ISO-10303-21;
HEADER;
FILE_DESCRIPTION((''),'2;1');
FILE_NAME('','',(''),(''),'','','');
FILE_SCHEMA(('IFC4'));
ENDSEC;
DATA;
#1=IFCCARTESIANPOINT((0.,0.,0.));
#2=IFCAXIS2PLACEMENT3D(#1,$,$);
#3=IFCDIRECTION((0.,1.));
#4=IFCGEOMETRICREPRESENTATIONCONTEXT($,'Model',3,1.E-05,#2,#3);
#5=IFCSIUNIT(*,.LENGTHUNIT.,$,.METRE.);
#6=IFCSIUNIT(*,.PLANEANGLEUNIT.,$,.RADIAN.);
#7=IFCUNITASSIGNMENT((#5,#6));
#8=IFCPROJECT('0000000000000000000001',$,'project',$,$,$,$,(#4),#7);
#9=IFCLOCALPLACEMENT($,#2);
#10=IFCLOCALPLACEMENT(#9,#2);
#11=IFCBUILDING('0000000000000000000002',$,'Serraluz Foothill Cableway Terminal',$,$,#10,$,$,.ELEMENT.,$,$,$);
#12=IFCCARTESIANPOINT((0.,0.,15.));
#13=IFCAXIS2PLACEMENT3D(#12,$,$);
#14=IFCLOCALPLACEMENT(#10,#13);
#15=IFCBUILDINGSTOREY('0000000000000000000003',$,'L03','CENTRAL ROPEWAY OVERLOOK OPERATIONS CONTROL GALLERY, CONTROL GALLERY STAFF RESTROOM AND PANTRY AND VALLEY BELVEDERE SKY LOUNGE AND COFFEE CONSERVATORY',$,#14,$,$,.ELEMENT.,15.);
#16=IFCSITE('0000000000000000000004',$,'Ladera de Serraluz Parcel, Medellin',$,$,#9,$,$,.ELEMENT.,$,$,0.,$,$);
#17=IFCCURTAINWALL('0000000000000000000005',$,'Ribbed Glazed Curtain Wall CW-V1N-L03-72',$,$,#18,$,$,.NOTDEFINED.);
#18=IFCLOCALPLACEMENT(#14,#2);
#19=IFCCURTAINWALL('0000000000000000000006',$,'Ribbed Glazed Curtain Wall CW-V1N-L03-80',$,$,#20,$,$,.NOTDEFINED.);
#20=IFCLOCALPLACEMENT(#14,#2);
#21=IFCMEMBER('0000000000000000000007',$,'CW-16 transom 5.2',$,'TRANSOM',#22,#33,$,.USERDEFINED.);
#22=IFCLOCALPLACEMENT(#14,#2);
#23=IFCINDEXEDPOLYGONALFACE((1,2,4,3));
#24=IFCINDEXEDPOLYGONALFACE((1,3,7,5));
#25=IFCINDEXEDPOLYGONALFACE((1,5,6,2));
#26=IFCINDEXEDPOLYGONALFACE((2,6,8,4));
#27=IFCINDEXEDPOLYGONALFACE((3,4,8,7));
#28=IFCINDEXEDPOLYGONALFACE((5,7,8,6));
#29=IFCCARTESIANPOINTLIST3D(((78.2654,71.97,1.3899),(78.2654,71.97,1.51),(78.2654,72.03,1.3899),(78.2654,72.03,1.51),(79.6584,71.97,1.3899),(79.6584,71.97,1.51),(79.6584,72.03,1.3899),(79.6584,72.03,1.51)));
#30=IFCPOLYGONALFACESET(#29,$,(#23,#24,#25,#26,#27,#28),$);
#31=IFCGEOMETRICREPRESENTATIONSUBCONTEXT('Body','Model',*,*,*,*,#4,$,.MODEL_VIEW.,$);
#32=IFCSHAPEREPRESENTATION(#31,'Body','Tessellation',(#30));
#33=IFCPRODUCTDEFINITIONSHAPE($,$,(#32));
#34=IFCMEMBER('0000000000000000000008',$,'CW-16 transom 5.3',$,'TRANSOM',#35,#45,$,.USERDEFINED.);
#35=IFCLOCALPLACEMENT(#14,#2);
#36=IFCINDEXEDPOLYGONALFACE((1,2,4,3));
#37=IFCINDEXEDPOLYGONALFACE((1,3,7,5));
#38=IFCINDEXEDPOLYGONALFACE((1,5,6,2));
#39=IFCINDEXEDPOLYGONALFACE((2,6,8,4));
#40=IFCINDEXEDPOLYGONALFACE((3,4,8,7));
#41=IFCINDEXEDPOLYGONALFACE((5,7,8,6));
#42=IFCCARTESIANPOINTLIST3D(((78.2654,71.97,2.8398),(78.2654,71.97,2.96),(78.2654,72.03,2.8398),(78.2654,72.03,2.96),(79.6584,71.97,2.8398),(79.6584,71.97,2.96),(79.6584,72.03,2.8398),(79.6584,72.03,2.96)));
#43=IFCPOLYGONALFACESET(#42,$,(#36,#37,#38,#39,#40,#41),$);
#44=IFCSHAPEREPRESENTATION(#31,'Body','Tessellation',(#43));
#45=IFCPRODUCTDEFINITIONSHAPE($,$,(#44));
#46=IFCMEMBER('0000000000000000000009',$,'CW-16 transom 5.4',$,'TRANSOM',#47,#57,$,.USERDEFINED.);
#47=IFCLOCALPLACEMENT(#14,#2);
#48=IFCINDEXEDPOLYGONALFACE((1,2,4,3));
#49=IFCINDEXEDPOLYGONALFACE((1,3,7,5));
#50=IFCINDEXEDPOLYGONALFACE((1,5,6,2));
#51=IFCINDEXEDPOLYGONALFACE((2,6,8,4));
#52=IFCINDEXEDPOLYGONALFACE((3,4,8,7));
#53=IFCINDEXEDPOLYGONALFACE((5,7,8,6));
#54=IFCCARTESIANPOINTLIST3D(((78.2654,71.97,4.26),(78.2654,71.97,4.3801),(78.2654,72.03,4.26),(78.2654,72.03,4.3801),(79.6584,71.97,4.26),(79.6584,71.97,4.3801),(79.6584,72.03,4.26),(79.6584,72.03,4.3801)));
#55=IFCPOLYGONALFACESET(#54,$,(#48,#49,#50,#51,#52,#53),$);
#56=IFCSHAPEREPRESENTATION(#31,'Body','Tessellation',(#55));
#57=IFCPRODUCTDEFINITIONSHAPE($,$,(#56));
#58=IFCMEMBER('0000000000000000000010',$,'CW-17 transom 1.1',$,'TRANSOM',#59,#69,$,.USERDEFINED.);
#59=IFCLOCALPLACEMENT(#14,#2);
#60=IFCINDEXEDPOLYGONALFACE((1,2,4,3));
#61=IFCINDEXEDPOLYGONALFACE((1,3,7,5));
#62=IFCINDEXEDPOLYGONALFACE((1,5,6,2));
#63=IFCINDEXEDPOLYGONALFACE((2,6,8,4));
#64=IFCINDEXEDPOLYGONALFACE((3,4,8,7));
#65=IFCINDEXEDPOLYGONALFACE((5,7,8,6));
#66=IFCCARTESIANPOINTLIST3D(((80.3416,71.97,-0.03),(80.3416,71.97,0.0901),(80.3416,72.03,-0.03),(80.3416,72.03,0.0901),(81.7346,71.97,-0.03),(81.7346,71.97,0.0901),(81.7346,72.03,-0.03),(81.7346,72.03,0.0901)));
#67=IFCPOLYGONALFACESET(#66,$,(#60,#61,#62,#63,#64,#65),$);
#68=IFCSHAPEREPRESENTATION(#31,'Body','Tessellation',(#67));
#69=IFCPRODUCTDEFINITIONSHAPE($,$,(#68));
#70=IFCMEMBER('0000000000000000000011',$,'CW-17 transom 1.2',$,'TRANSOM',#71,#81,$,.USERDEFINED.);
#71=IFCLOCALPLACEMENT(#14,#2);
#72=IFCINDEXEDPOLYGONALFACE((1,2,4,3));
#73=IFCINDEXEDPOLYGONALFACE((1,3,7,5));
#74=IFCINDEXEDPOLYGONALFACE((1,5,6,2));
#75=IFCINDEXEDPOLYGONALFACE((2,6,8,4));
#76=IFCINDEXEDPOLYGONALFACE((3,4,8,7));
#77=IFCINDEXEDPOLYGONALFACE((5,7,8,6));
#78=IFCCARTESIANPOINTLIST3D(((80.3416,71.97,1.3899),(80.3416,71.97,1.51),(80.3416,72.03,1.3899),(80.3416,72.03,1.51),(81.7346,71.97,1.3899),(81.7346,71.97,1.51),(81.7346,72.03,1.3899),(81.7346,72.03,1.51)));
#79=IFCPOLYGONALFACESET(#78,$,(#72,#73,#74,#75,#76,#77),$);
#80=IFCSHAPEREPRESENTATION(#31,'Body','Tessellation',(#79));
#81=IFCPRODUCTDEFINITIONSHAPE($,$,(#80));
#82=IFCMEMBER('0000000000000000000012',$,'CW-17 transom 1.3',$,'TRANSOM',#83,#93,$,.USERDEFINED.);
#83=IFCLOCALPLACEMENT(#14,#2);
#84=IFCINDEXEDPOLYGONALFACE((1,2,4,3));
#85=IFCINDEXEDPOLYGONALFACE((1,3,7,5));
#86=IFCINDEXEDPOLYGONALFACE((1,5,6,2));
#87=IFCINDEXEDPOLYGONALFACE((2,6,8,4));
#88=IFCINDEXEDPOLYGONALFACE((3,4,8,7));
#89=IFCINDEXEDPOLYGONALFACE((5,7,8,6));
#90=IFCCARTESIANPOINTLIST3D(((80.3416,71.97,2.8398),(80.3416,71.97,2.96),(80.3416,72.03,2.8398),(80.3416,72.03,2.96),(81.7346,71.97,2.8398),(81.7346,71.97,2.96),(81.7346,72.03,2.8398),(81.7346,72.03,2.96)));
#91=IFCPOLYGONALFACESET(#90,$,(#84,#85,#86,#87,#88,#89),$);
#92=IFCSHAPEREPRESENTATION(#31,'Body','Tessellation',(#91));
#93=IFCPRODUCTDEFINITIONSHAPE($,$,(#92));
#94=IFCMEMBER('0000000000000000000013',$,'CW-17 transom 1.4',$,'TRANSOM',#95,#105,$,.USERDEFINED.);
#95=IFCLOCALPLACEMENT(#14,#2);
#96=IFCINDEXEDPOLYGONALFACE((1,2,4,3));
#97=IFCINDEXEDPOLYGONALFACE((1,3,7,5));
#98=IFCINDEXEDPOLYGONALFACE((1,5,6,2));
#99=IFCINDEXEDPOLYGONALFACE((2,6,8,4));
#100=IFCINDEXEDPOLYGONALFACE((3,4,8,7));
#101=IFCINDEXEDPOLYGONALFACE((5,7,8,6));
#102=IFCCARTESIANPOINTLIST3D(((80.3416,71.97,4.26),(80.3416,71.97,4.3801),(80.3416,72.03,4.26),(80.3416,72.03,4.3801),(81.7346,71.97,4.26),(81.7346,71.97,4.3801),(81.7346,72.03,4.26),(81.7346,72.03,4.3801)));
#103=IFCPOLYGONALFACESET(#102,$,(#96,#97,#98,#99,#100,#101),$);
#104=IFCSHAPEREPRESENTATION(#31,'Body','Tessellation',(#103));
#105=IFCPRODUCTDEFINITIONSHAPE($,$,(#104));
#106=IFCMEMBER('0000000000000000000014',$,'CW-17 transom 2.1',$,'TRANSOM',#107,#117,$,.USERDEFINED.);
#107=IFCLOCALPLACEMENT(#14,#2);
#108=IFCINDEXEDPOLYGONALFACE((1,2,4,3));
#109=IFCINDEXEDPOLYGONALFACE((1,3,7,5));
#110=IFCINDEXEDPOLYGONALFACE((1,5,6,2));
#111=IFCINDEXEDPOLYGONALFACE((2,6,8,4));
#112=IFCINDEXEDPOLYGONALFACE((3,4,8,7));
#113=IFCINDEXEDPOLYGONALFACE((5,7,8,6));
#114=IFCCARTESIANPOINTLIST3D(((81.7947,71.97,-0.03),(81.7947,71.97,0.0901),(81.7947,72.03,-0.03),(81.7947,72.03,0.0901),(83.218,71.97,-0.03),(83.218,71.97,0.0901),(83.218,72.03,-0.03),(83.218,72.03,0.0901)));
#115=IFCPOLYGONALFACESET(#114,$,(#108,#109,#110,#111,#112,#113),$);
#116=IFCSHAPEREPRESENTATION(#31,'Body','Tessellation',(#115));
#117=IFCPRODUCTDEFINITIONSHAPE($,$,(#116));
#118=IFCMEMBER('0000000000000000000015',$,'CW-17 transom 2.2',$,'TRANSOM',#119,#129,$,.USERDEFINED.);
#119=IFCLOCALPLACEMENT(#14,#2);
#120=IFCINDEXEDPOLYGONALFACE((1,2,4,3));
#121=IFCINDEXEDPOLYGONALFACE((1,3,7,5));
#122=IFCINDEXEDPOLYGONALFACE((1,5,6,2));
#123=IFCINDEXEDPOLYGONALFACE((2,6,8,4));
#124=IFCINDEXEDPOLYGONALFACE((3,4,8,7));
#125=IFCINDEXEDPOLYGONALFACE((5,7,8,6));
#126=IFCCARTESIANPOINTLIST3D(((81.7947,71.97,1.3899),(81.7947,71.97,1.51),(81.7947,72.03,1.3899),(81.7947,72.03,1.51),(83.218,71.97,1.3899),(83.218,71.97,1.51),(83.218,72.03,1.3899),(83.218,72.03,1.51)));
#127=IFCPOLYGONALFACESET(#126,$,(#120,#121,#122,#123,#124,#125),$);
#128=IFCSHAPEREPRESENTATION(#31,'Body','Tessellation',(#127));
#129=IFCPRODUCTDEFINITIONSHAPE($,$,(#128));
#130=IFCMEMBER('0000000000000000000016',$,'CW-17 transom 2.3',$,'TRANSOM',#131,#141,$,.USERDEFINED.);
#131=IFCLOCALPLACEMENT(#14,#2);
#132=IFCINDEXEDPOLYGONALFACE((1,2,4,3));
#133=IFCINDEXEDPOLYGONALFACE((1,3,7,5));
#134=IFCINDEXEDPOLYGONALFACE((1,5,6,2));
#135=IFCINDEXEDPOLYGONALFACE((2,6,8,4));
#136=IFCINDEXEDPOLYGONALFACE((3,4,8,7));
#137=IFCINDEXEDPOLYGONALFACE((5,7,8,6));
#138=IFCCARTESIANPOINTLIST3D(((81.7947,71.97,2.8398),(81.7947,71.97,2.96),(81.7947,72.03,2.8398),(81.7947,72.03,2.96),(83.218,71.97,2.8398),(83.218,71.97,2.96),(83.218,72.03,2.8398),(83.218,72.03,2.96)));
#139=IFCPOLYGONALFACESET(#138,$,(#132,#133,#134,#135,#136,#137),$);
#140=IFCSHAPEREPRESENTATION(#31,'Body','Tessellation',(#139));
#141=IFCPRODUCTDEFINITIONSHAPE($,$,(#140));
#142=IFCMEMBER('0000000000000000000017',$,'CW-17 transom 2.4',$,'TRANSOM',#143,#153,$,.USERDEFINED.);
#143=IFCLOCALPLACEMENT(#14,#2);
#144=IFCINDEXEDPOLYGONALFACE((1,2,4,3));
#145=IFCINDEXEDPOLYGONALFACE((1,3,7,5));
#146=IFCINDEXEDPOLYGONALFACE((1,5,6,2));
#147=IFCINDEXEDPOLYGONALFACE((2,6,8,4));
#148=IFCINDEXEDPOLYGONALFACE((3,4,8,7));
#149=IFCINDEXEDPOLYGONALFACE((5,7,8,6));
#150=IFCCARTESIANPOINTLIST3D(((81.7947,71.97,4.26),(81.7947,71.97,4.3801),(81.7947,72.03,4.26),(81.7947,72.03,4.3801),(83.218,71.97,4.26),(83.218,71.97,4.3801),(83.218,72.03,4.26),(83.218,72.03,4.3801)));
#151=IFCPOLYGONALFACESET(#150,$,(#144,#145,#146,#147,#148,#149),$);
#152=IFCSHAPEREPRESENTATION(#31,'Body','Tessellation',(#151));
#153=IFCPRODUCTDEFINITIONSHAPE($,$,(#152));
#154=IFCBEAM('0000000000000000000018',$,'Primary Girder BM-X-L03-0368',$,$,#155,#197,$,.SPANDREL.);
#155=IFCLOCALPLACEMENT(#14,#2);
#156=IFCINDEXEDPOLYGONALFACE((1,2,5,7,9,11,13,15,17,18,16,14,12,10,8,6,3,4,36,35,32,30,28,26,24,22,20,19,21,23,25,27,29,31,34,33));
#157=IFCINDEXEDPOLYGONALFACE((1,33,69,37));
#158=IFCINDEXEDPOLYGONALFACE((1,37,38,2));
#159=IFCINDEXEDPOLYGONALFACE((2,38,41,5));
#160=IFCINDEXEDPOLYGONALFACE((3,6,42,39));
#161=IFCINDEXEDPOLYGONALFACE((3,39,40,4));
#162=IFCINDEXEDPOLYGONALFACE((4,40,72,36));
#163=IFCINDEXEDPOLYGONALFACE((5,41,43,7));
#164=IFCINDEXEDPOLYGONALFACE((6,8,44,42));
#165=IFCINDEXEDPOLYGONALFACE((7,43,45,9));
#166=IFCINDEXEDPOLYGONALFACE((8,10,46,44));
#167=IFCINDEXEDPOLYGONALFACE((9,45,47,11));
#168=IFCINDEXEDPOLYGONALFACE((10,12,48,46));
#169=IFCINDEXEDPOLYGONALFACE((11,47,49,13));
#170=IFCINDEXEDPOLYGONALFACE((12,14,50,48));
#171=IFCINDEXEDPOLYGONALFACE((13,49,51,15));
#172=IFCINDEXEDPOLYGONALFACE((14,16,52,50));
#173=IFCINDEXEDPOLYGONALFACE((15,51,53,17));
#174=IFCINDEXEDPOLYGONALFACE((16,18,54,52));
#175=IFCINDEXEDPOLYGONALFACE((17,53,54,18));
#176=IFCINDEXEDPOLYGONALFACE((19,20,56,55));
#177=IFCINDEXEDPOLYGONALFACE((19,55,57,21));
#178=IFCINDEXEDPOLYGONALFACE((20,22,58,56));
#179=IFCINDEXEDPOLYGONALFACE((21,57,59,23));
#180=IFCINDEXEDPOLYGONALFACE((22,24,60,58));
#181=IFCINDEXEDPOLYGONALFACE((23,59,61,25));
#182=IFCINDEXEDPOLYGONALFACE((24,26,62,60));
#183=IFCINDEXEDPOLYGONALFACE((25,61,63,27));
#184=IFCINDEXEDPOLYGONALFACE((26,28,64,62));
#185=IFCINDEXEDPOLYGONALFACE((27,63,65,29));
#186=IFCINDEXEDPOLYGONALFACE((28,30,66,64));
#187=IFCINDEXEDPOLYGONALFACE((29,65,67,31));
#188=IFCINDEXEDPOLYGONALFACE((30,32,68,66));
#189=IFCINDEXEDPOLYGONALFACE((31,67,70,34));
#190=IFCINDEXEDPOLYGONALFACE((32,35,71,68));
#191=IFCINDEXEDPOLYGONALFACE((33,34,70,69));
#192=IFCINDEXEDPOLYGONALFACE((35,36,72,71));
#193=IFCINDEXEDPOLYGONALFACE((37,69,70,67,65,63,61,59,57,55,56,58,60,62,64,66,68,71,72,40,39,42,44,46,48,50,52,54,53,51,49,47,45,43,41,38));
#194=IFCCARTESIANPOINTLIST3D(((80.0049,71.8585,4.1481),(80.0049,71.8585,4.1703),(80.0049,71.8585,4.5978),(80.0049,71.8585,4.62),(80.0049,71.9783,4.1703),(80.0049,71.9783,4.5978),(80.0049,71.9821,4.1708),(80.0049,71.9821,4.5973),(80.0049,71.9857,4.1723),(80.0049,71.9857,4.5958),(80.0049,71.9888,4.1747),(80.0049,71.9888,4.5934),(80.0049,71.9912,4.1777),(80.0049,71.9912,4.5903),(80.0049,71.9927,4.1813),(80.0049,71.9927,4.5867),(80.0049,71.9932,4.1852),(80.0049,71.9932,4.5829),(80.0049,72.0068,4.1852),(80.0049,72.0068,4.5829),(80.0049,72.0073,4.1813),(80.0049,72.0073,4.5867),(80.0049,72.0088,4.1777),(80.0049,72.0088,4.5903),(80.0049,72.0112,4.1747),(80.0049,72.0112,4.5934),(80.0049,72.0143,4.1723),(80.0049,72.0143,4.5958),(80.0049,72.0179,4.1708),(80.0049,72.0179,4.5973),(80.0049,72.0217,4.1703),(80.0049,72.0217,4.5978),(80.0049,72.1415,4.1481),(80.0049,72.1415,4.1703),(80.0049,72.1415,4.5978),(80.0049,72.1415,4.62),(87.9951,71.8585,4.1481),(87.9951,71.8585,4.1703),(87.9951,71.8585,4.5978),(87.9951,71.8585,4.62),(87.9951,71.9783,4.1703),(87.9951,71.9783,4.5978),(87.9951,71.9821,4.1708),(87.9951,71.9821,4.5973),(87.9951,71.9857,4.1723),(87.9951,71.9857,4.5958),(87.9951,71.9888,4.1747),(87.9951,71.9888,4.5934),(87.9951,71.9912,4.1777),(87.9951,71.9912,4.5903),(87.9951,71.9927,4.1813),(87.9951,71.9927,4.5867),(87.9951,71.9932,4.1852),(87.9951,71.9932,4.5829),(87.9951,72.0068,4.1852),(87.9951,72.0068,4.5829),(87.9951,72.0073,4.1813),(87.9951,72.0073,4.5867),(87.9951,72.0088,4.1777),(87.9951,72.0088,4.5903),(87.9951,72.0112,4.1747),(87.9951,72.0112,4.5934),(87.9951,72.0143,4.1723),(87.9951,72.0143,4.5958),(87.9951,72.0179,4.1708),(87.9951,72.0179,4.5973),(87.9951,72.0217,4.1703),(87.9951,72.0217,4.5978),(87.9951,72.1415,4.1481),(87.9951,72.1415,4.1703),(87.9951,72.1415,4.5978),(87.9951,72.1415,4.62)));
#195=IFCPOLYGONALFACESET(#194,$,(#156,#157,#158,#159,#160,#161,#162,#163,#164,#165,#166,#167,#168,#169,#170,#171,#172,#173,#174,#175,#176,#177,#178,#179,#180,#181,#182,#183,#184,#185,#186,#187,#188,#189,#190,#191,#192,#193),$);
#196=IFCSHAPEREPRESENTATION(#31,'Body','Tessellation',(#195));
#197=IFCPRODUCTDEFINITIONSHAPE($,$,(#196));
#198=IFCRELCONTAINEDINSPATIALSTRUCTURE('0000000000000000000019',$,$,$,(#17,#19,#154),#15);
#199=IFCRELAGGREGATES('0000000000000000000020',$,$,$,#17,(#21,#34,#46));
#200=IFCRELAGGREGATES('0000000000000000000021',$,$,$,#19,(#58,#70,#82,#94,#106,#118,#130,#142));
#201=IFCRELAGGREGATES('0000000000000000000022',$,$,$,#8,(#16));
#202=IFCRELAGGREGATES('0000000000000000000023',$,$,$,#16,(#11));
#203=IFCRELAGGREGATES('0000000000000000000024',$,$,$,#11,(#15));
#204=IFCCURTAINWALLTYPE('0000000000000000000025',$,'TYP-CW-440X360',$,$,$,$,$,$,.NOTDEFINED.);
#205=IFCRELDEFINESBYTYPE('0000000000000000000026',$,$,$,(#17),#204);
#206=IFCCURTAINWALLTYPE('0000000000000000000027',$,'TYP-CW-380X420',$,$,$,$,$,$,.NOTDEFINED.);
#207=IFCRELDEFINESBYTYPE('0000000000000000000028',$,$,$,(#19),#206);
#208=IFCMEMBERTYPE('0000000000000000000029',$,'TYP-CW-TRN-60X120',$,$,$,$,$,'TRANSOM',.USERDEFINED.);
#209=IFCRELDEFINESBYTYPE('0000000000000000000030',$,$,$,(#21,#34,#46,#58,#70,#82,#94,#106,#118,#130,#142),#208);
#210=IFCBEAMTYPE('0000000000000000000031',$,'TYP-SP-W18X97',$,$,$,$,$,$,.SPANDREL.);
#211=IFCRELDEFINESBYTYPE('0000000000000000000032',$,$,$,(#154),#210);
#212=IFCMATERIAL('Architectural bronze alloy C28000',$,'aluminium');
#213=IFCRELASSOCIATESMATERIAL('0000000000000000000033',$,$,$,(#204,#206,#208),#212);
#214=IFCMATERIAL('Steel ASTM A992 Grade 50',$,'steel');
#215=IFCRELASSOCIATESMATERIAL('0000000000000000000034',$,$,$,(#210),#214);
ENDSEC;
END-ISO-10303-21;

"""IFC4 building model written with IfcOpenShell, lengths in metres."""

from ifc_helpers import new_model, si_unit, direction, frame, origin, origin_2d, place, context, subcontext, project, spatial, rectangle, i_section, extrude, material, material_profile, profile_set, type_object, element, aggregate, save


model = new_model("IFC4")

# Units and contexts
model_context = context("Model", 3, precision=1e-05, world=origin(), true_north=direction((0.0, 1.0)))
body_context = subcontext(model_context, "Body", "Model", "MODEL_VIEW")
ifc_project = project(units=[si_unit("LENGTHUNIT", "METRE"), si_unit("PLANEANGLEUNIT", "RADIAN")], contexts=[model_context])

# Site, building, storey
site_placement = place(None, origin())
site = spatial("IfcSite", under=ifc_project, at=site_placement, Name="Ladera de Serraluz Parcel, Medellin", CompositionType="ELEMENT", RefElevation=0.0)
building_placement = place(site_placement, origin())
building = spatial("IfcBuilding", under=site, at=building_placement, Name="Serraluz Foothill Cableway Terminal", CompositionType="ELEMENT")
storey_placement = place(building_placement, frame((0.0, 0.0, 15.0)))
storey = spatial("IfcBuildingStorey", under=building, at=storey_placement, Name="L03", Description="CENTRAL ROPEWAY OVERLOOK OPERATIONS CONTROL GALLERY, CONTROL GALLERY STAFF RESTROOM AND PANTRY AND VALLEY BELVEDERE SKY LOUNGE AND COFFEE CONSERVATORY", CompositionType="ELEMENT", Elevation=15.0)

# Shared definitions
ifc_material_1 = material(Name="Steel ASTM A992 Grade 50", Category="steel")

# Curtain walls
ifc_material_2 = material(Name="Architectural bronze alloy C28000", Category="aluminium")
curtain_wall_type_1 = type_object("IfcCurtainWallType", Name="TYP-CW-440X360", PredefinedType="NOTDEFINED", material=ifc_material_2)
curtain_wall_1_placement = place(storey_placement, origin())
curtain_wall_1 = element("IfcCurtainWall", 1, at=curtain_wall_1_placement, inside=storey, type_object=curtain_wall_type_1, Name="Ribbed Glazed Curtain Wall CW-V1N-L03-72", PredefinedType="NOTDEFINED")
curtain_wall_type_2 = type_object("IfcCurtainWallType", Name="TYP-CW-380X420", PredefinedType="NOTDEFINED", material=ifc_material_2)
curtain_wall_2_placement = place(storey_placement, origin())
curtain_wall_2 = element("IfcCurtainWall", 2, at=curtain_wall_2_placement, inside=storey, type_object=curtain_wall_type_2, Name="Ribbed Glazed Curtain Wall CW-V1N-L03-80", PredefinedType="NOTDEFINED")

# Members
ifc_material_profile_1 = material_profile(ifc_material_2, rectangle(XDim=0.0601, YDim=0.1201, at=origin_2d()), Name="ALU TRANSOM 60x120")
ifc_profile_set_1 = profile_set([ifc_material_profile_1], Name="Architectural bronze alloy C28000")
member_type_1 = type_object("IfcMemberType", Name="TYP-CW-TRN-60X120", ElementType="TRANSOM", PredefinedType="USERDEFINED", material=ifc_profile_set_1)
member_1_placement = place(storey_placement, frame((78.2654, 72.0, 1.45), z_axis=(1.0, 0.0, 0.0), x_axis=(0.0, 1.0, 0.0)))
member_1 = element("IfcMember", 3, at=member_1_placement, type_object=member_type_1, Name="CW-16 transom 5.2", ObjectType="TRANSOM", PredefinedType="USERDEFINED", context=body_context, shape_type="SweptSolid", body=[
    extrude(rectangle(XDim=0.0601, YDim=0.1201, at=origin_2d()), origin(), (0.0, 0.0, 1.0), 1.3931),
])
member_2_placement = place(storey_placement, frame((78.2654, 72.0, 2.8999), z_axis=(1.0, 0.0, 0.0), x_axis=(0.0, 1.0, 0.0)))
member_2 = element("IfcMember", 4, at=member_2_placement, type_object=member_type_1, Name="CW-16 transom 5.3", ObjectType="TRANSOM", PredefinedType="USERDEFINED", context=body_context, shape_type="SweptSolid", body=[
    extrude(rectangle(XDim=0.0601, YDim=0.1201, at=origin_2d()), origin(), (0.0, 0.0, 1.0), 1.3931),
])
member_3_placement = place(storey_placement, frame((78.2654, 72.0, 4.3201), z_axis=(1.0, 0.0, 0.0), x_axis=(0.0, 1.0, 0.0)))
member_3 = element("IfcMember", 5, at=member_3_placement, type_object=member_type_1, Name="CW-16 transom 5.4", ObjectType="TRANSOM", PredefinedType="USERDEFINED", context=body_context, shape_type="SweptSolid", body=[
    extrude(rectangle(XDim=0.0601, YDim=0.1201, at=origin_2d()), origin(), (0.0, 0.0, 1.0), 1.3931),
])
member_4_placement = place(storey_placement, frame((80.3416, 72.0, 0.03), z_axis=(1.0, 0.0, 0.0), x_axis=(0.0, 1.0, 0.0)))
member_4 = element("IfcMember", 6, at=member_4_placement, type_object=member_type_1, Name="CW-17 transom 1.1", ObjectType="TRANSOM", PredefinedType="USERDEFINED", context=body_context, shape_type="SweptSolid", body=[
    extrude(rectangle(XDim=0.0601, YDim=0.1201, at=origin_2d()), origin(), (0.0, 0.0, 1.0), 1.3931),
])
member_5_placement = place(storey_placement, frame((80.3416, 72.0, 1.45), z_axis=(1.0, 0.0, 0.0), x_axis=(0.0, 1.0, 0.0)))
member_5 = element("IfcMember", 7, at=member_5_placement, type_object=member_type_1, Name="CW-17 transom 1.2", ObjectType="TRANSOM", PredefinedType="USERDEFINED", context=body_context, shape_type="SweptSolid", body=[
    extrude(rectangle(XDim=0.0601, YDim=0.1201, at=origin_2d()), origin(), (0.0, 0.0, 1.0), 1.3931),
])
member_6_placement = place(storey_placement, frame((80.3416, 72.0, 2.8999), z_axis=(1.0, 0.0, 0.0), x_axis=(0.0, 1.0, 0.0)))
member_6 = element("IfcMember", 8, at=member_6_placement, type_object=member_type_1, Name="CW-17 transom 1.3", ObjectType="TRANSOM", PredefinedType="USERDEFINED", context=body_context, shape_type="SweptSolid", body=[
    extrude(rectangle(XDim=0.0601, YDim=0.1201, at=origin_2d()), origin(), (0.0, 0.0, 1.0), 1.3931),
])
member_7_placement = place(storey_placement, frame((80.3416, 72.0, 4.3201), z_axis=(1.0, 0.0, 0.0), x_axis=(0.0, 1.0, 0.0)))
member_7 = element("IfcMember", 9, at=member_7_placement, type_object=member_type_1, Name="CW-17 transom 1.4", ObjectType="TRANSOM", PredefinedType="USERDEFINED", context=body_context, shape_type="SweptSolid", body=[
    extrude(rectangle(XDim=0.0601, YDim=0.1201, at=origin_2d()), origin(), (0.0, 0.0, 1.0), 1.3931),
])
member_8_placement = place(storey_placement, frame((81.7947, 72.0, 0.03), z_axis=(1.0, 0.0, 0.0), x_axis=(0.0, 1.0, 0.0)))
member_8 = element("IfcMember", 10, at=member_8_placement, type_object=member_type_1, Name="CW-17 transom 2.1", ObjectType="TRANSOM", PredefinedType="USERDEFINED", context=body_context, shape_type="SweptSolid", body=[
    extrude(rectangle(XDim=0.0601, YDim=0.1201, at=origin_2d()), origin(), (0.0, 0.0, 1.0), 1.4233),
])
member_9_placement = place(storey_placement, frame((81.7947, 72.0, 1.45), z_axis=(1.0, 0.0, 0.0), x_axis=(0.0, 1.0, 0.0)))
member_9 = element("IfcMember", 11, at=member_9_placement, type_object=member_type_1, Name="CW-17 transom 2.2", ObjectType="TRANSOM", PredefinedType="USERDEFINED", context=body_context, shape_type="SweptSolid", body=[
    extrude(rectangle(XDim=0.0601, YDim=0.1201, at=origin_2d()), origin(), (0.0, 0.0, 1.0), 1.4233),
])
member_10_placement = place(storey_placement, frame((81.7947, 72.0, 2.8999), z_axis=(1.0, 0.0, 0.0), x_axis=(0.0, 1.0, 0.0)))
member_10 = element("IfcMember", 12, at=member_10_placement, type_object=member_type_1, Name="CW-17 transom 2.3", ObjectType="TRANSOM", PredefinedType="USERDEFINED", context=body_context, shape_type="SweptSolid", body=[
    extrude(rectangle(XDim=0.0601, YDim=0.1201, at=origin_2d()), origin(), (0.0, 0.0, 1.0), 1.4233),
])
member_11_placement = place(storey_placement, frame((81.7947, 72.0, 4.3201), z_axis=(1.0, 0.0, 0.0), x_axis=(0.0, 1.0, 0.0)))
member_11 = element("IfcMember", 13, at=member_11_placement, type_object=member_type_1, Name="CW-17 transom 2.4", ObjectType="TRANSOM", PredefinedType="USERDEFINED", context=body_context, shape_type="SweptSolid", body=[
    extrude(rectangle(XDim=0.0601, YDim=0.1201, at=origin_2d()), origin(), (0.0, 0.0, 1.0), 1.4233),
])

# Beam
ifc_material_profile_2 = material_profile(ifc_material_1, i_section(OverallWidth=0.283, OverallDepth=0.4719, WebThickness=0.0137, FlangeThickness=0.0222, FilletRadius=0.0149, at=origin_2d()), Name="W18X97")
ifc_profile_set_2 = profile_set([ifc_material_profile_2], Name="Steel ASTM A992 Grade 50")
beam_type = type_object("IfcBeamType", Name="TYP-SP-W18X97", PredefinedType="SPANDREL", material=ifc_profile_set_2)
beam_placement = place(storey_placement, frame((80.0049, 72.0, 4.384), z_axis=(1.0, 0.0, 0.0), x_axis=(0.0, 1.0, 0.0)))
element("IfcBeam", 14, at=beam_placement, inside=storey, type_object=beam_type, Name="Primary Girder BM-X-L03-0368", PredefinedType="SPANDREL", context=body_context, shape_type="SweptSolid", body=[
    extrude(i_section(OverallWidth=0.283, OverallDepth=0.4719, WebThickness=0.0137, FlangeThickness=0.0222, FilletRadius=0.0149, at=origin_2d()), origin(), (0.0, 0.0, 1.0), 7.9902),
])

aggregate(curtain_wall_1, [member_1, member_2, member_3])
aggregate(curtain_wall_2, [member_4, member_5, member_6, member_7, member_8, member_9, member_10, member_11])

save(model, "model.ifc")
